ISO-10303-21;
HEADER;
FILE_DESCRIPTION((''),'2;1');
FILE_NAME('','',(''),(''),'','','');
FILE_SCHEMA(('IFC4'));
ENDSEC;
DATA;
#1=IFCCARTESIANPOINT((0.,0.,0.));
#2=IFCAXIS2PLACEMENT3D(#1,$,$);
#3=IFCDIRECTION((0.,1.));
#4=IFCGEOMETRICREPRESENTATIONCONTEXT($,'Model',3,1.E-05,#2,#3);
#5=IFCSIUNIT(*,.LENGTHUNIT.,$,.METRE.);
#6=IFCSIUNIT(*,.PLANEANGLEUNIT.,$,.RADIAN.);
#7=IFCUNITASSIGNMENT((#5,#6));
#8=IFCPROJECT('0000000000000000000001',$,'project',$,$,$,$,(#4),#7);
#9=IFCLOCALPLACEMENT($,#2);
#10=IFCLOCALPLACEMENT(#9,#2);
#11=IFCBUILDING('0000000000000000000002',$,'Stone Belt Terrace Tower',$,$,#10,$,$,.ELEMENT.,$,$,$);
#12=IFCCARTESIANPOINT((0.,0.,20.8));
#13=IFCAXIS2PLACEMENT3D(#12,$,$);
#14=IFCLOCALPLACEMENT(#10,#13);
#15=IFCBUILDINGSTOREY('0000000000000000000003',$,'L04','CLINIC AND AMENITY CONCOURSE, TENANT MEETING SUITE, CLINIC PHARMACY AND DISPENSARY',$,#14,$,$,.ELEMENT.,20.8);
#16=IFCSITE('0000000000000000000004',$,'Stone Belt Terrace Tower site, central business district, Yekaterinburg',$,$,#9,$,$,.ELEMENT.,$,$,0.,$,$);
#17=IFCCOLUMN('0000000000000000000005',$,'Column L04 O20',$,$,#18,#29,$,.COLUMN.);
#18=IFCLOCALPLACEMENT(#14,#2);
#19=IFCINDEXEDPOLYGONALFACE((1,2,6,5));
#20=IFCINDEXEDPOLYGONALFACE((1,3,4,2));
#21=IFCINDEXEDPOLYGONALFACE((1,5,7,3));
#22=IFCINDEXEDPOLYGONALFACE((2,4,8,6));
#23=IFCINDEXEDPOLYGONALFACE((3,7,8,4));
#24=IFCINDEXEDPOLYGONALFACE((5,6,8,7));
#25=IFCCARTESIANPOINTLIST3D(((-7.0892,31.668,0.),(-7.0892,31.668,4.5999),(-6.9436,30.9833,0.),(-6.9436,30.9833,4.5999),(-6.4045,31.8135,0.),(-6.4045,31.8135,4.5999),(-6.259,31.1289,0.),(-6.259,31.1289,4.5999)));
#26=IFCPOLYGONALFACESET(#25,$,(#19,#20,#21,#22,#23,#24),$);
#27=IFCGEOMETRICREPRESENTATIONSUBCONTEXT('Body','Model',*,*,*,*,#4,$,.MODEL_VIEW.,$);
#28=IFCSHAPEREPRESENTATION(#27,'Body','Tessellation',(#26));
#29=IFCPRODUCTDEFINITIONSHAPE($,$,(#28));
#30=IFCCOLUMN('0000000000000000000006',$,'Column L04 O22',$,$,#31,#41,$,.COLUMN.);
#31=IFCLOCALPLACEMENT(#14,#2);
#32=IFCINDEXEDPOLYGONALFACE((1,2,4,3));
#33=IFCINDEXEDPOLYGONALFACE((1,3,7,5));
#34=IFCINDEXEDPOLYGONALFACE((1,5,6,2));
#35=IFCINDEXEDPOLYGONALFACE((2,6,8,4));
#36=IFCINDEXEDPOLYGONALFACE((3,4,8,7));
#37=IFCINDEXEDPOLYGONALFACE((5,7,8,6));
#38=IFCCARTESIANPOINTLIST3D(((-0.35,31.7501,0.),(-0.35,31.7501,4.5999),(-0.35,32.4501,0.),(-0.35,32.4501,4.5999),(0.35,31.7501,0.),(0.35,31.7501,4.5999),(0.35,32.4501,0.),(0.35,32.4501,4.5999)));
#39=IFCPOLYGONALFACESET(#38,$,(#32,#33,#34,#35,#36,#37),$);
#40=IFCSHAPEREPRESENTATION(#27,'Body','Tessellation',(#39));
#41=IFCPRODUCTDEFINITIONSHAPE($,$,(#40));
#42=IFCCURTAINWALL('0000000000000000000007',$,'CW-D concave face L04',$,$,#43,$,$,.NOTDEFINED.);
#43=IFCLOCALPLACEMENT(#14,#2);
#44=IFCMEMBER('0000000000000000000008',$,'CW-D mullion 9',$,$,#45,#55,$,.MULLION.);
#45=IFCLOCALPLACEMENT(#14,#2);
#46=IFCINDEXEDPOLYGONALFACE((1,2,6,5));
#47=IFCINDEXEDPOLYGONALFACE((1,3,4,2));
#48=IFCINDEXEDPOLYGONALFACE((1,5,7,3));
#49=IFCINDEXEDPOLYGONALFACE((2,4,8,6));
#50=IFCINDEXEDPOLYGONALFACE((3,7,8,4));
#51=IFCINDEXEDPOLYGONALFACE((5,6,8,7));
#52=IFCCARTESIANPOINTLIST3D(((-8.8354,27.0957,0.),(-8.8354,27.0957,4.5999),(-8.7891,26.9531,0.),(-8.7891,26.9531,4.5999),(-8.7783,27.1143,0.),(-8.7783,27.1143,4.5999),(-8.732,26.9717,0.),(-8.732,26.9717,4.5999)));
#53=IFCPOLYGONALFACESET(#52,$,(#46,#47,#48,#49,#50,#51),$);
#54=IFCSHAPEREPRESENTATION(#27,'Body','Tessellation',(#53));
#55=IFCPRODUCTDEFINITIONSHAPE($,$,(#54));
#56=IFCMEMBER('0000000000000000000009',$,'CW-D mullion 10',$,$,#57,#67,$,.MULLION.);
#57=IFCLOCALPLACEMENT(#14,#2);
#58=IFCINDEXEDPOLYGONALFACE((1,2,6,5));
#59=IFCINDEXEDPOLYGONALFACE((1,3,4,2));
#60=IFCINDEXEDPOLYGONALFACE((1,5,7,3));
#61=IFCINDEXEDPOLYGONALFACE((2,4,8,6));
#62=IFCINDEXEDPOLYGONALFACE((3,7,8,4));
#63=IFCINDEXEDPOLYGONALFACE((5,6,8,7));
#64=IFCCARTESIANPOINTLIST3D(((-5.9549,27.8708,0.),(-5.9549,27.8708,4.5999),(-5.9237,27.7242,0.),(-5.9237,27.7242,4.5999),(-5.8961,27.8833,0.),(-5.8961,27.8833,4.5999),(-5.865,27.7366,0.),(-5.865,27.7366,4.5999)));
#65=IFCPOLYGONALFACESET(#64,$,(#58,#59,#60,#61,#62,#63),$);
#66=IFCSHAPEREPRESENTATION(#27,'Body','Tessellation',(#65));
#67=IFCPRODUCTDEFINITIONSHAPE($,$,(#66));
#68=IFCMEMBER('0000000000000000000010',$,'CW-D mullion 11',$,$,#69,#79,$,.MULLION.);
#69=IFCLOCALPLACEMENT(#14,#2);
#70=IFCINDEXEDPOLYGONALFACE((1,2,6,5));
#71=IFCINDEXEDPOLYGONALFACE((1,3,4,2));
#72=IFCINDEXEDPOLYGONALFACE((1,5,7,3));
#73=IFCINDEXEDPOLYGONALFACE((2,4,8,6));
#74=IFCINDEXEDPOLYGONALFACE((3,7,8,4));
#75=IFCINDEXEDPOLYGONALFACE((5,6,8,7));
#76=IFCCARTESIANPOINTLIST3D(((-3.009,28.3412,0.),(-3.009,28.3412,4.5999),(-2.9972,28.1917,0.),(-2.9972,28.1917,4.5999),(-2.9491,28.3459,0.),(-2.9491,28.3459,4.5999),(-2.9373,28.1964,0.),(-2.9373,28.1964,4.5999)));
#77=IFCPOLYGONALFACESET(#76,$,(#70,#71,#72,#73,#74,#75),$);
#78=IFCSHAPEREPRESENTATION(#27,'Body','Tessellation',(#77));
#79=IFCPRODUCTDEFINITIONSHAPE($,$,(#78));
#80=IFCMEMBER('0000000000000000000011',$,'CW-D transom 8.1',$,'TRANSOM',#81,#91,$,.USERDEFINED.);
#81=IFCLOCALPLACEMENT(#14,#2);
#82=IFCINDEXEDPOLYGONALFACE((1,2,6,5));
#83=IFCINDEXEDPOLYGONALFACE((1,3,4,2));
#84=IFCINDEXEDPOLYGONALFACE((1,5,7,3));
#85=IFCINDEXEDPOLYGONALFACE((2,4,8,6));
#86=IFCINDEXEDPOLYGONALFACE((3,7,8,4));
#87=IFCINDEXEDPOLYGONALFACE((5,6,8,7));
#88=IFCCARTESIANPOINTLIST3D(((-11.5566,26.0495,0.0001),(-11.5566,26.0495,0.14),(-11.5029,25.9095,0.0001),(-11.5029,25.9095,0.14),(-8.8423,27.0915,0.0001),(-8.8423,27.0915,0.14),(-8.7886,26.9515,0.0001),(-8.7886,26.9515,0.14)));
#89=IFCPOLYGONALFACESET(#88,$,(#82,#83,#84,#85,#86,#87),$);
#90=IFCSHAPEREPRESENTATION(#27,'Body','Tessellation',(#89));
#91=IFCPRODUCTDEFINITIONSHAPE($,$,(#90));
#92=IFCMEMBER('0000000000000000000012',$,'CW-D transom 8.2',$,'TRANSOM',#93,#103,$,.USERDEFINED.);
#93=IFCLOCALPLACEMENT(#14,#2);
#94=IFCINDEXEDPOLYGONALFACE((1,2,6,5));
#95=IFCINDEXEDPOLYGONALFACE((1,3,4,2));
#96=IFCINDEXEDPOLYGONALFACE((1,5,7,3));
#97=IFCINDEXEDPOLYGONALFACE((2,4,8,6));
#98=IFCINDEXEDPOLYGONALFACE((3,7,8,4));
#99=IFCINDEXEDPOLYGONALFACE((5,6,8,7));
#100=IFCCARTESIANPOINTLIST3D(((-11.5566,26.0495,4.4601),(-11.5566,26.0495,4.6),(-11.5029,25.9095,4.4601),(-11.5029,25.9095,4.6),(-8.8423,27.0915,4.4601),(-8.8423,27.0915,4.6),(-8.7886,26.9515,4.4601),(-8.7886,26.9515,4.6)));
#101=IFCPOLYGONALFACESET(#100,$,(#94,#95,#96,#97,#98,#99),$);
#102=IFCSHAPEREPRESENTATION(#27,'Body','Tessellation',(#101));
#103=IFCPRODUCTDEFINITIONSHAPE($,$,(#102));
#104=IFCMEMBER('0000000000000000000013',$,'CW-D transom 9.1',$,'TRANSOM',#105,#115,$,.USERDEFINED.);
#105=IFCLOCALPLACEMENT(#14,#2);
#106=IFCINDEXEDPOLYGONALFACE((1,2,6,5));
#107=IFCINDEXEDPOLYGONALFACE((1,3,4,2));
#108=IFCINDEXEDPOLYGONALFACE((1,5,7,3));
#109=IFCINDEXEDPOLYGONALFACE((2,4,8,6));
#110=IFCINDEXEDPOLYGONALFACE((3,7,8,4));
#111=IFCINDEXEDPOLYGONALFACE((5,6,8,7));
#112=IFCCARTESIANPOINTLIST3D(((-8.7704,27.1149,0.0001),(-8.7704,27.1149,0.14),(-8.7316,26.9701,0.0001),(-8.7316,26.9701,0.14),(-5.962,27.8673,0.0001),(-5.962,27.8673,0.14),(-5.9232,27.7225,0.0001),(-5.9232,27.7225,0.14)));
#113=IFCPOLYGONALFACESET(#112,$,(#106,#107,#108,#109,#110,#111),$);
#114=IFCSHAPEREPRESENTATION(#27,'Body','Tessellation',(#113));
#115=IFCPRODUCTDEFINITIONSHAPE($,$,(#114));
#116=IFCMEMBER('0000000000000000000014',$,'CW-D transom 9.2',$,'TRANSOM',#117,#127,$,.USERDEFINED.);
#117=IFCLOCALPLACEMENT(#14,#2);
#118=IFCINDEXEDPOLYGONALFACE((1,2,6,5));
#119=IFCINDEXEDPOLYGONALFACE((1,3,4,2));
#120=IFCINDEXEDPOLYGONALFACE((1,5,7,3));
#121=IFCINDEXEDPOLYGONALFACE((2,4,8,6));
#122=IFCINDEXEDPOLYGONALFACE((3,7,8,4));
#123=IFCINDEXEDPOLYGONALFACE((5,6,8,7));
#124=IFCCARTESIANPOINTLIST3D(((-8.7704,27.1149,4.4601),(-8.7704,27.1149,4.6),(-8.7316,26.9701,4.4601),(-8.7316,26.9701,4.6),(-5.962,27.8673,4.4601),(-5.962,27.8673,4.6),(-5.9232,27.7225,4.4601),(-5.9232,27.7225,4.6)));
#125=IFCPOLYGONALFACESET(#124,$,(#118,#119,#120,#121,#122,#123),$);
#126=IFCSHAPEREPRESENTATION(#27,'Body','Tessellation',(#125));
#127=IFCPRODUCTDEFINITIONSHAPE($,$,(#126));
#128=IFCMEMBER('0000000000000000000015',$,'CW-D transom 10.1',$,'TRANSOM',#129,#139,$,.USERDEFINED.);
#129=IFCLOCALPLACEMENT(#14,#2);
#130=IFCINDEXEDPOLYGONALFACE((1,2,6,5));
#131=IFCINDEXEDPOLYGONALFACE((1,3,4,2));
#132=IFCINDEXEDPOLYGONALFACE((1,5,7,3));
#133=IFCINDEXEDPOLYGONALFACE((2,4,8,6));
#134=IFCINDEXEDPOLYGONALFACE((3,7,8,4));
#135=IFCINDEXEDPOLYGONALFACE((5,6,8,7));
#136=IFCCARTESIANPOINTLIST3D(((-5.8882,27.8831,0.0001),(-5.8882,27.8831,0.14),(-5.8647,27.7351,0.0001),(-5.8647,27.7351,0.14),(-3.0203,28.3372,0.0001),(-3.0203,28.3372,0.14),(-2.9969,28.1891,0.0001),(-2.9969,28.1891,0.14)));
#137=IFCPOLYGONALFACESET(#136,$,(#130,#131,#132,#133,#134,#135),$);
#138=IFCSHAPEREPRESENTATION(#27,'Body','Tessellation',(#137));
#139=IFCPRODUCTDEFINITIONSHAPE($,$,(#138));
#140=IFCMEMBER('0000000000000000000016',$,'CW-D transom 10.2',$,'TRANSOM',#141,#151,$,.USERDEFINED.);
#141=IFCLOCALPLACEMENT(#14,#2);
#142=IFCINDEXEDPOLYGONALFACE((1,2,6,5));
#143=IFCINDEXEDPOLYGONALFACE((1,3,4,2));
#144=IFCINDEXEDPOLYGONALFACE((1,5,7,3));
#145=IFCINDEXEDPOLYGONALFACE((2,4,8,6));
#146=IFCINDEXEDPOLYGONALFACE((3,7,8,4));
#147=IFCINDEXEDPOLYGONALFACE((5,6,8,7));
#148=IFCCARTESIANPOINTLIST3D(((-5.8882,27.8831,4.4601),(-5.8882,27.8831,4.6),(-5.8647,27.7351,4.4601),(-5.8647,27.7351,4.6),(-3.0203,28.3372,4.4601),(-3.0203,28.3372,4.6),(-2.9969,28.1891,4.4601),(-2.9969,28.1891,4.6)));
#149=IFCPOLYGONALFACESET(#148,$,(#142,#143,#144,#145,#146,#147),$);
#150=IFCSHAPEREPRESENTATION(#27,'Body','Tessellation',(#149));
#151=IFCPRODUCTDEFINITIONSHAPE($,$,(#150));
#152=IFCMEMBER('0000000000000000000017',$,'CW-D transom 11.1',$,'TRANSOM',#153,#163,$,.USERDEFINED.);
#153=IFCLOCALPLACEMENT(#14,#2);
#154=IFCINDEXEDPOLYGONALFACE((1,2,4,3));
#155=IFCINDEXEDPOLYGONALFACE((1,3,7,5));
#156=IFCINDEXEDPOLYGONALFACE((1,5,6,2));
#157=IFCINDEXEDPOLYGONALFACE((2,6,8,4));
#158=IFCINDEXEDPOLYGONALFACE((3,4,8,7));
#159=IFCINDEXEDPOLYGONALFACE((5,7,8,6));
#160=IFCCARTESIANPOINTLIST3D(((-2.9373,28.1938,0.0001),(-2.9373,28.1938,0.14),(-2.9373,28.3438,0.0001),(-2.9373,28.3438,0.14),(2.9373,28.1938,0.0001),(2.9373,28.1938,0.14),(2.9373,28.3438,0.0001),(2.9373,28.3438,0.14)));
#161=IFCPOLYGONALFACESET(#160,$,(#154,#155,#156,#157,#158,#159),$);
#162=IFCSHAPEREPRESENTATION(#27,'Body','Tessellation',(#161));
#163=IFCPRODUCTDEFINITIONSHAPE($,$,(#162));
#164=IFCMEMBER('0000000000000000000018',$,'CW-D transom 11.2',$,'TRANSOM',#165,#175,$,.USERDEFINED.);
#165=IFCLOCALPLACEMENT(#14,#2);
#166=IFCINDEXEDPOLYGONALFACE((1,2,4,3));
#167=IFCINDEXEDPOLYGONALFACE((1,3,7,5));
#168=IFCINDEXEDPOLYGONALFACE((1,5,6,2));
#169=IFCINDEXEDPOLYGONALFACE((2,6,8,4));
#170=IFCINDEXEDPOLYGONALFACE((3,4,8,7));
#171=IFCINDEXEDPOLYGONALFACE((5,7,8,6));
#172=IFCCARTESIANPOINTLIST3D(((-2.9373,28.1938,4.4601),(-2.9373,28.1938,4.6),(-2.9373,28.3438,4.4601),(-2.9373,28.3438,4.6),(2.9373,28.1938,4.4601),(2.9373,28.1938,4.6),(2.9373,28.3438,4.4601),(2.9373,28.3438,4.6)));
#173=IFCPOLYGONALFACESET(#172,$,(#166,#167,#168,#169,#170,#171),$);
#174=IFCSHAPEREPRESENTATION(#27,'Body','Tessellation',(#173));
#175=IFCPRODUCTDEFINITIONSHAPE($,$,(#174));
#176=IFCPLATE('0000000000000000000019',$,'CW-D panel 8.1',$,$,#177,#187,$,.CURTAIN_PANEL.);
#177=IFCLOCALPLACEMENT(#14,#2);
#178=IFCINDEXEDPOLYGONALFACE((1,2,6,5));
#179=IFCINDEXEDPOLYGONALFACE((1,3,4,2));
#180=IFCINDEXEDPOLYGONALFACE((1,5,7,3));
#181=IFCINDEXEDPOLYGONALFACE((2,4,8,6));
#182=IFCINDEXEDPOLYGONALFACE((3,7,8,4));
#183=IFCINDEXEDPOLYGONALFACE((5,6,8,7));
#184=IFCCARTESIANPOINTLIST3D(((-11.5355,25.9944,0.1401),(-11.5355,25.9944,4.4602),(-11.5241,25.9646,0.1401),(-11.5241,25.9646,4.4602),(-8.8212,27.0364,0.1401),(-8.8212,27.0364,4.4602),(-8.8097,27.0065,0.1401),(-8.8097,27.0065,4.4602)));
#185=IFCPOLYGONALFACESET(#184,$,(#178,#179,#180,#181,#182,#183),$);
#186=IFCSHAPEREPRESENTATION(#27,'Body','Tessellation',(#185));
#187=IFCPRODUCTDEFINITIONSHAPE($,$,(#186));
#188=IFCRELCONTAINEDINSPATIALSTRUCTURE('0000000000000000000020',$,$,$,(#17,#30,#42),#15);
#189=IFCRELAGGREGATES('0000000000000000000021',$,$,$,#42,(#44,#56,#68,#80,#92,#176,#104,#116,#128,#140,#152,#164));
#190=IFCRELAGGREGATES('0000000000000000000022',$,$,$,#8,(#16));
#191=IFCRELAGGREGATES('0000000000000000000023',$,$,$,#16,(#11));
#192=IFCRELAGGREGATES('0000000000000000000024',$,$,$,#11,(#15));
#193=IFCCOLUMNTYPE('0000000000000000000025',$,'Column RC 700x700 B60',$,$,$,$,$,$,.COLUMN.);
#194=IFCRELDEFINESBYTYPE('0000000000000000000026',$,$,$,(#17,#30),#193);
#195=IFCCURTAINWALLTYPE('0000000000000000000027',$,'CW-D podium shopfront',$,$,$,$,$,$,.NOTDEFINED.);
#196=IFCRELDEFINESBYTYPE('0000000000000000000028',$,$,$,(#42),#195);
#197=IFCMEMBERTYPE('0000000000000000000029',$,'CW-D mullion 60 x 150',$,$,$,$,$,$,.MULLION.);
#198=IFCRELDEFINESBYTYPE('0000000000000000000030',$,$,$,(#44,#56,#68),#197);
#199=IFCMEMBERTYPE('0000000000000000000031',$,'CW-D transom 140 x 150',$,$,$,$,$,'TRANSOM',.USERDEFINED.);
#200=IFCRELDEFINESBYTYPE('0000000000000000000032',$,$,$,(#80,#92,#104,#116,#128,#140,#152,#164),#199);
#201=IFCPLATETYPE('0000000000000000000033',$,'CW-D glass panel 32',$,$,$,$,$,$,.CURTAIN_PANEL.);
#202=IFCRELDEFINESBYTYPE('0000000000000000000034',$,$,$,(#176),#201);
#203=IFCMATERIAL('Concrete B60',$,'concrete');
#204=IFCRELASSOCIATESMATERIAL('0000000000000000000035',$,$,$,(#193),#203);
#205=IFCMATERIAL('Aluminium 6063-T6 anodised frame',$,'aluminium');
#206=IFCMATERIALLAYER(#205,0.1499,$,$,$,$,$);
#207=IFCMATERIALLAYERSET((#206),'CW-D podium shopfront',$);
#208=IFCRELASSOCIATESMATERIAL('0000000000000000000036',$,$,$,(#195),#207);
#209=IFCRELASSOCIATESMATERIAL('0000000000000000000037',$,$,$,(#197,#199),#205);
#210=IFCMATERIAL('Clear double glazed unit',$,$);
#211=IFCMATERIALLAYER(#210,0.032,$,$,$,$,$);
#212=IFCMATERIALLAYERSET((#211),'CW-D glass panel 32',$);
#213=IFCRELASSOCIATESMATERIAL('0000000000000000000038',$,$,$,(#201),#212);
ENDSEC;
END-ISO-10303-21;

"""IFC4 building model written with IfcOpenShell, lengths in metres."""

from ifc_helpers import new_model, si_unit, direction, frame, origin, origin_2d, place, context, subcontext, project, spatial, rectangle, extrude, material, layer, layer_set, material_profile, profile_set, type_object, element, aggregate, save


model = new_model("IFC4")

# Units and contexts
model_context = context("Model", 3, precision=1e-05, world=origin(), true_north=direction((0.0, 1.0)))
body_context = subcontext(model_context, "Body", "Model", "MODEL_VIEW")
ifc_project = project(units=[si_unit("LENGTHUNIT", "METRE"), si_unit("PLANEANGLEUNIT", "RADIAN")], contexts=[model_context])

# Site, building, storey
site_placement = place(None, origin())
site = spatial("IfcSite", under=ifc_project, at=site_placement, Name="Stone Belt Terrace Tower site, central business district, Yekaterinburg", CompositionType="ELEMENT", RefElevation=0.0)
building_placement = place(site_placement, origin())
building = spatial("IfcBuilding", under=site, at=building_placement, Name="Stone Belt Terrace Tower", CompositionType="ELEMENT")
storey_placement = place(building_placement, frame((0.0, 0.0, 20.8)))
storey = spatial("IfcBuildingStorey", under=building, at=storey_placement, Name="L04", Description="CLINIC AND AMENITY CONCOURSE, TENANT MEETING SUITE, CLINIC PHARMACY AND DISPENSARY", CompositionType="ELEMENT", Elevation=20.8)

# Columns
ifc_material_1 = material(Name="Concrete B60", Category="concrete")
ifc_material_profile_1 = material_profile(ifc_material_1, rectangle(XDim=0.7, YDim=0.7, at=origin_2d()), Name="RC 700x700")
ifc_profile_set_1 = profile_set([ifc_material_profile_1], Name="Concrete B60")
column_type = type_object("IfcColumnType", Name="Column RC 700x700 B60", PredefinedType="COLUMN", material=ifc_profile_set_1)
for number, where, z_axis, x_axis, name in (
    (1, (-6.6741, 31.3984, 0.0), (0.0, 0.0, 1.0), (0.978148, 0.207912, 0.0), "Column L04 O20"),
    (2, (0.0, 32.1001, 0.0), (0.0, 0.0, 1.0), (1.0, 0.0, 0.0), "Column L04 O22"),
):
    element("IfcColumn", number, at=place(storey_placement, frame(where, z_axis=z_axis, x_axis=x_axis)), inside=storey, type_object=column_type, Name=name, PredefinedType="COLUMN", context=body_context, shape_type="SweptSolid", body=[
        extrude(rectangle(XDim=0.7, YDim=0.7, at=origin_2d()), origin(), (0.0, 0.0, 1.0), 4.5999),
    ])

# Curtain wall, members, plate
ifc_material_2 = material(Name="Aluminium 6063-T6 anodised frame", Category="aluminium")
ifc_layer_1 = layer(ifc_material_2, 0.1499)
ifc_layer_set_1 = layer_set([ifc_layer_1], Name="CW-D podium shopfront")
curtain_wall_type = type_object("IfcCurtainWallType", Name="CW-D podium shopfront", PredefinedType="NOTDEFINED", material=ifc_layer_set_1)
curtain_wall_placement = place(storey_placement, origin())
curtain_wall = element("IfcCurtainWall", 3, at=curtain_wall_placement, inside=storey, type_object=curtain_wall_type, Name="CW-D concave face L04", PredefinedType="NOTDEFINED")
ifc_material_profile_2 = material_profile(ifc_material_2, rectangle(XDim=0.1499, YDim=0.0601, at=origin_2d()), Name="Aluminium 6063-T6 60x150")
ifc_profile_set_2 = profile_set([ifc_material_profile_2], Name="Aluminium 6063-T6 anodised frame")
member_type_1 = type_object("IfcMemberType", Name="CW-D mullion 60 x 150", PredefinedType="MULLION", material=ifc_profile_set_2)
member_1_placement = place(storey_placement, frame((-8.7837, 27.0337, 0.0), z_axis=(0.0, 0.0, 1.0), x_axis=(-0.309017, 0.951057, 0.0)))
member_1 = element("IfcMember", 4, at=member_1_placement, type_object=member_type_1, Name="CW-D mullion 9", PredefinedType="MULLION", context=body_context, shape_type="SweptSolid", body=[
    extrude(rectangle(XDim=0.1499, YDim=0.0601, at=origin_2d()), origin(), (0.0, 0.0, 1.0), 4.5999),
])
member_2_placement = place(storey_placement, frame((-5.9099, 27.8037, 0.0), z_axis=(0.0, 0.0, 1.0), x_axis=(-0.207912, 0.978148, 0.0)))
member_2 = element("IfcMember", 5, at=member_2_placement, type_object=member_type_1, Name="CW-D mullion 10", PredefinedType="MULLION", context=body_context, shape_type="SweptSolid", body=[
    extrude(rectangle(XDim=0.1499, YDim=0.0601, at=origin_2d()), origin(), (0.0, 0.0, 1.0), 4.5999),
])
member_3_placement = place(storey_placement, frame((-2.9731, 28.2688, 0.0), z_axis=(0.0, 0.0, 1.0), x_axis=(-0.078459, 0.996917, 0.0)))
member_3 = element("IfcMember", 6, at=member_3_placement, type_object=member_type_1, Name="CW-D mullion 11", PredefinedType="MULLION", context=body_context, shape_type="SweptSolid", body=[
    extrude(rectangle(XDim=0.1499, YDim=0.0601, at=origin_2d()), origin(), (0.0, 0.0, 1.0), 4.5999),
])
ifc_material_profile_3 = material_profile(ifc_material_2, rectangle(XDim=0.1499, YDim=0.1399, at=origin_2d()), Name="Aluminium 6063-T6 150x140")
ifc_profile_set_3 = profile_set([ifc_material_profile_3], Name="Aluminium 6063-T6 anodised frame")
member_type_2 = type_object("IfcMemberType", Name="CW-D transom 140 x 150", ElementType="TRANSOM", PredefinedType="USERDEFINED", material=ifc_profile_set_3)
member_4_placement = place(storey_placement, frame((-11.5298, 25.9795, 0.0701), z_axis=(0.933575, 0.358383, 0.0), x_axis=(-0.358383, 0.933575, 0.0)))
member_4 = element("IfcMember", 7, at=member_4_placement, type_object=member_type_2, Name="CW-D transom 8.1", ObjectType="TRANSOM", PredefinedType="USERDEFINED", context=body_context, shape_type="SweptSolid", body=[
    extrude(rectangle(XDim=0.1499, YDim=0.1399, at=origin_2d()), origin(), (0.0, 0.0, 1.0), 2.9075),
])
member_5_placement = place(storey_placement, frame((-11.5298, 25.9795, 4.53), z_axis=(0.933575, 0.358383, 0.0), x_axis=(-0.358383, 0.933575, 0.0)))
member_5 = element("IfcMember", 8, at=member_5_placement, type_object=member_type_2, Name="CW-D transom 8.2", ObjectType="TRANSOM", PredefinedType="USERDEFINED", context=body_context, shape_type="SweptSolid", body=[
    extrude(rectangle(XDim=0.1499, YDim=0.1399, at=origin_2d()), origin(), (0.0, 0.0, 1.0), 2.9075),
])
member_6_placement = place(storey_placement, frame((-8.751, 27.0425, 0.0701), z_axis=(0.96593, 0.258802, 0.0), x_axis=(-0.258802, 0.96593, 0.0)))
member_6 = element("IfcMember", 9, at=member_6_placement, type_object=member_type_2, Name="CW-D transom 9.1", ObjectType="TRANSOM", PredefinedType="USERDEFINED", context=body_context, shape_type="SweptSolid", body=[
    extrude(rectangle(XDim=0.1499, YDim=0.1399, at=origin_2d()), origin(), (0.0, 0.0, 1.0), 2.9075),
])
member_7_placement = place(storey_placement, frame((-8.751, 27.0425, 4.53), z_axis=(0.96593, 0.258802, 0.0), x_axis=(-0.258802, 0.96593, 0.0)))
member_7 = element("IfcMember", 10, at=member_7_placement, type_object=member_type_2, Name="CW-D transom 9.2", ObjectType="TRANSOM", PredefinedType="USERDEFINED", context=body_context, shape_type="SweptSolid", body=[
    extrude(rectangle(XDim=0.1499, YDim=0.1399, at=origin_2d()), origin(), (0.0, 0.0, 1.0), 2.9075),
])
member_8_placement = place(storey_placement, frame((-5.8765, 27.8091, 0.0701), z_axis=(0.987695, 0.15639, 0.0), x_axis=(-0.15639, 0.987695, 0.0)))
member_8 = element("IfcMember", 11, at=member_8_placement, type_object=member_type_2, Name="CW-D transom 10.1", ObjectType="TRANSOM", PredefinedType="USERDEFINED", context=body_context, shape_type="SweptSolid", body=[
    extrude(rectangle(XDim=0.1499, YDim=0.1399, at=origin_2d()), origin(), (0.0, 0.0, 1.0), 2.9036),
])
member_9_placement = place(storey_placement, frame((-5.8765, 27.8091, 4.53), z_axis=(0.987695, 0.15639, 0.0), x_axis=(-0.15639, 0.987695, 0.0)))
member_9 = element("IfcMember", 12, at=member_9_placement, type_object=member_type_2, Name="CW-D transom 10.2", ObjectType="TRANSOM", PredefinedType="USERDEFINED", context=body_context, shape_type="SweptSolid", body=[
    extrude(rectangle(XDim=0.1499, YDim=0.1399, at=origin_2d()), origin(), (0.0, 0.0, 1.0), 2.9036),
])
member_10_placement = place(storey_placement, frame((-2.9373, 28.2688, 0.0701), z_axis=(1.0, 0.0, 0.0), x_axis=(0.0, 1.0, 0.0)))
member_10 = element("IfcMember", 13, at=member_10_placement, type_object=member_type_2, Name="CW-D transom 11.1", ObjectType="TRANSOM", PredefinedType="USERDEFINED", context=body_context, shape_type="SweptSolid", body=[
    extrude(rectangle(XDim=0.1499, YDim=0.1399, at=origin_2d()), origin(), (0.0, 0.0, 1.0), 5.8745),
])
member_11_placement = place(storey_placement, frame((-2.9373, 28.2688, 4.53), z_axis=(1.0, 0.0, 0.0), x_axis=(0.0, 1.0, 0.0)))
member_11 = element("IfcMember", 14, at=member_11_placement, type_object=member_type_2, Name="CW-D transom 11.2", ObjectType="TRANSOM", PredefinedType="USERDEFINED", context=body_context, shape_type="SweptSolid", body=[
    extrude(rectangle(XDim=0.1499, YDim=0.1399, at=origin_2d()), origin(), (0.0, 0.0, 1.0), 5.8745),
])
ifc_material_3 = material(Name="Clear double glazed unit")
ifc_layer_2 = layer(ifc_material_3, 0.032)
ifc_layer_set_2 = layer_set([ifc_layer_2], Name="CW-D glass panel 32")
plate_type = type_object("IfcPlateType", Name="CW-D glass panel 32", PredefinedType="CURTAIN_PANEL", material=ifc_layer_set_2)
plate_1_placement = place(storey_placement, frame((-10.1726, 26.5005, 0.1401), z_axis=(0.0, 0.0, 1.0), x_axis=(0.93358, 0.358368, 0.0)))
plate_1 = element("IfcPlate", 15, at=plate_1_placement, type_object=plate_type, Name="CW-D panel 8.1", PredefinedType="CURTAIN_PANEL", context=body_context, shape_type="SweptSolid", body=[
    extrude(rectangle(XDim=2.9075, YDim=0.032, at=origin_2d()), origin(), (0.0, 0.0, 1.0), 4.3201),
])
aggregate(curtain_wall, [member_1, member_2, member_3, member_4, member_5, plate_1, member_6, member_7, member_8, member_9, member_10, member_11])

save(model, "model.ifc")
